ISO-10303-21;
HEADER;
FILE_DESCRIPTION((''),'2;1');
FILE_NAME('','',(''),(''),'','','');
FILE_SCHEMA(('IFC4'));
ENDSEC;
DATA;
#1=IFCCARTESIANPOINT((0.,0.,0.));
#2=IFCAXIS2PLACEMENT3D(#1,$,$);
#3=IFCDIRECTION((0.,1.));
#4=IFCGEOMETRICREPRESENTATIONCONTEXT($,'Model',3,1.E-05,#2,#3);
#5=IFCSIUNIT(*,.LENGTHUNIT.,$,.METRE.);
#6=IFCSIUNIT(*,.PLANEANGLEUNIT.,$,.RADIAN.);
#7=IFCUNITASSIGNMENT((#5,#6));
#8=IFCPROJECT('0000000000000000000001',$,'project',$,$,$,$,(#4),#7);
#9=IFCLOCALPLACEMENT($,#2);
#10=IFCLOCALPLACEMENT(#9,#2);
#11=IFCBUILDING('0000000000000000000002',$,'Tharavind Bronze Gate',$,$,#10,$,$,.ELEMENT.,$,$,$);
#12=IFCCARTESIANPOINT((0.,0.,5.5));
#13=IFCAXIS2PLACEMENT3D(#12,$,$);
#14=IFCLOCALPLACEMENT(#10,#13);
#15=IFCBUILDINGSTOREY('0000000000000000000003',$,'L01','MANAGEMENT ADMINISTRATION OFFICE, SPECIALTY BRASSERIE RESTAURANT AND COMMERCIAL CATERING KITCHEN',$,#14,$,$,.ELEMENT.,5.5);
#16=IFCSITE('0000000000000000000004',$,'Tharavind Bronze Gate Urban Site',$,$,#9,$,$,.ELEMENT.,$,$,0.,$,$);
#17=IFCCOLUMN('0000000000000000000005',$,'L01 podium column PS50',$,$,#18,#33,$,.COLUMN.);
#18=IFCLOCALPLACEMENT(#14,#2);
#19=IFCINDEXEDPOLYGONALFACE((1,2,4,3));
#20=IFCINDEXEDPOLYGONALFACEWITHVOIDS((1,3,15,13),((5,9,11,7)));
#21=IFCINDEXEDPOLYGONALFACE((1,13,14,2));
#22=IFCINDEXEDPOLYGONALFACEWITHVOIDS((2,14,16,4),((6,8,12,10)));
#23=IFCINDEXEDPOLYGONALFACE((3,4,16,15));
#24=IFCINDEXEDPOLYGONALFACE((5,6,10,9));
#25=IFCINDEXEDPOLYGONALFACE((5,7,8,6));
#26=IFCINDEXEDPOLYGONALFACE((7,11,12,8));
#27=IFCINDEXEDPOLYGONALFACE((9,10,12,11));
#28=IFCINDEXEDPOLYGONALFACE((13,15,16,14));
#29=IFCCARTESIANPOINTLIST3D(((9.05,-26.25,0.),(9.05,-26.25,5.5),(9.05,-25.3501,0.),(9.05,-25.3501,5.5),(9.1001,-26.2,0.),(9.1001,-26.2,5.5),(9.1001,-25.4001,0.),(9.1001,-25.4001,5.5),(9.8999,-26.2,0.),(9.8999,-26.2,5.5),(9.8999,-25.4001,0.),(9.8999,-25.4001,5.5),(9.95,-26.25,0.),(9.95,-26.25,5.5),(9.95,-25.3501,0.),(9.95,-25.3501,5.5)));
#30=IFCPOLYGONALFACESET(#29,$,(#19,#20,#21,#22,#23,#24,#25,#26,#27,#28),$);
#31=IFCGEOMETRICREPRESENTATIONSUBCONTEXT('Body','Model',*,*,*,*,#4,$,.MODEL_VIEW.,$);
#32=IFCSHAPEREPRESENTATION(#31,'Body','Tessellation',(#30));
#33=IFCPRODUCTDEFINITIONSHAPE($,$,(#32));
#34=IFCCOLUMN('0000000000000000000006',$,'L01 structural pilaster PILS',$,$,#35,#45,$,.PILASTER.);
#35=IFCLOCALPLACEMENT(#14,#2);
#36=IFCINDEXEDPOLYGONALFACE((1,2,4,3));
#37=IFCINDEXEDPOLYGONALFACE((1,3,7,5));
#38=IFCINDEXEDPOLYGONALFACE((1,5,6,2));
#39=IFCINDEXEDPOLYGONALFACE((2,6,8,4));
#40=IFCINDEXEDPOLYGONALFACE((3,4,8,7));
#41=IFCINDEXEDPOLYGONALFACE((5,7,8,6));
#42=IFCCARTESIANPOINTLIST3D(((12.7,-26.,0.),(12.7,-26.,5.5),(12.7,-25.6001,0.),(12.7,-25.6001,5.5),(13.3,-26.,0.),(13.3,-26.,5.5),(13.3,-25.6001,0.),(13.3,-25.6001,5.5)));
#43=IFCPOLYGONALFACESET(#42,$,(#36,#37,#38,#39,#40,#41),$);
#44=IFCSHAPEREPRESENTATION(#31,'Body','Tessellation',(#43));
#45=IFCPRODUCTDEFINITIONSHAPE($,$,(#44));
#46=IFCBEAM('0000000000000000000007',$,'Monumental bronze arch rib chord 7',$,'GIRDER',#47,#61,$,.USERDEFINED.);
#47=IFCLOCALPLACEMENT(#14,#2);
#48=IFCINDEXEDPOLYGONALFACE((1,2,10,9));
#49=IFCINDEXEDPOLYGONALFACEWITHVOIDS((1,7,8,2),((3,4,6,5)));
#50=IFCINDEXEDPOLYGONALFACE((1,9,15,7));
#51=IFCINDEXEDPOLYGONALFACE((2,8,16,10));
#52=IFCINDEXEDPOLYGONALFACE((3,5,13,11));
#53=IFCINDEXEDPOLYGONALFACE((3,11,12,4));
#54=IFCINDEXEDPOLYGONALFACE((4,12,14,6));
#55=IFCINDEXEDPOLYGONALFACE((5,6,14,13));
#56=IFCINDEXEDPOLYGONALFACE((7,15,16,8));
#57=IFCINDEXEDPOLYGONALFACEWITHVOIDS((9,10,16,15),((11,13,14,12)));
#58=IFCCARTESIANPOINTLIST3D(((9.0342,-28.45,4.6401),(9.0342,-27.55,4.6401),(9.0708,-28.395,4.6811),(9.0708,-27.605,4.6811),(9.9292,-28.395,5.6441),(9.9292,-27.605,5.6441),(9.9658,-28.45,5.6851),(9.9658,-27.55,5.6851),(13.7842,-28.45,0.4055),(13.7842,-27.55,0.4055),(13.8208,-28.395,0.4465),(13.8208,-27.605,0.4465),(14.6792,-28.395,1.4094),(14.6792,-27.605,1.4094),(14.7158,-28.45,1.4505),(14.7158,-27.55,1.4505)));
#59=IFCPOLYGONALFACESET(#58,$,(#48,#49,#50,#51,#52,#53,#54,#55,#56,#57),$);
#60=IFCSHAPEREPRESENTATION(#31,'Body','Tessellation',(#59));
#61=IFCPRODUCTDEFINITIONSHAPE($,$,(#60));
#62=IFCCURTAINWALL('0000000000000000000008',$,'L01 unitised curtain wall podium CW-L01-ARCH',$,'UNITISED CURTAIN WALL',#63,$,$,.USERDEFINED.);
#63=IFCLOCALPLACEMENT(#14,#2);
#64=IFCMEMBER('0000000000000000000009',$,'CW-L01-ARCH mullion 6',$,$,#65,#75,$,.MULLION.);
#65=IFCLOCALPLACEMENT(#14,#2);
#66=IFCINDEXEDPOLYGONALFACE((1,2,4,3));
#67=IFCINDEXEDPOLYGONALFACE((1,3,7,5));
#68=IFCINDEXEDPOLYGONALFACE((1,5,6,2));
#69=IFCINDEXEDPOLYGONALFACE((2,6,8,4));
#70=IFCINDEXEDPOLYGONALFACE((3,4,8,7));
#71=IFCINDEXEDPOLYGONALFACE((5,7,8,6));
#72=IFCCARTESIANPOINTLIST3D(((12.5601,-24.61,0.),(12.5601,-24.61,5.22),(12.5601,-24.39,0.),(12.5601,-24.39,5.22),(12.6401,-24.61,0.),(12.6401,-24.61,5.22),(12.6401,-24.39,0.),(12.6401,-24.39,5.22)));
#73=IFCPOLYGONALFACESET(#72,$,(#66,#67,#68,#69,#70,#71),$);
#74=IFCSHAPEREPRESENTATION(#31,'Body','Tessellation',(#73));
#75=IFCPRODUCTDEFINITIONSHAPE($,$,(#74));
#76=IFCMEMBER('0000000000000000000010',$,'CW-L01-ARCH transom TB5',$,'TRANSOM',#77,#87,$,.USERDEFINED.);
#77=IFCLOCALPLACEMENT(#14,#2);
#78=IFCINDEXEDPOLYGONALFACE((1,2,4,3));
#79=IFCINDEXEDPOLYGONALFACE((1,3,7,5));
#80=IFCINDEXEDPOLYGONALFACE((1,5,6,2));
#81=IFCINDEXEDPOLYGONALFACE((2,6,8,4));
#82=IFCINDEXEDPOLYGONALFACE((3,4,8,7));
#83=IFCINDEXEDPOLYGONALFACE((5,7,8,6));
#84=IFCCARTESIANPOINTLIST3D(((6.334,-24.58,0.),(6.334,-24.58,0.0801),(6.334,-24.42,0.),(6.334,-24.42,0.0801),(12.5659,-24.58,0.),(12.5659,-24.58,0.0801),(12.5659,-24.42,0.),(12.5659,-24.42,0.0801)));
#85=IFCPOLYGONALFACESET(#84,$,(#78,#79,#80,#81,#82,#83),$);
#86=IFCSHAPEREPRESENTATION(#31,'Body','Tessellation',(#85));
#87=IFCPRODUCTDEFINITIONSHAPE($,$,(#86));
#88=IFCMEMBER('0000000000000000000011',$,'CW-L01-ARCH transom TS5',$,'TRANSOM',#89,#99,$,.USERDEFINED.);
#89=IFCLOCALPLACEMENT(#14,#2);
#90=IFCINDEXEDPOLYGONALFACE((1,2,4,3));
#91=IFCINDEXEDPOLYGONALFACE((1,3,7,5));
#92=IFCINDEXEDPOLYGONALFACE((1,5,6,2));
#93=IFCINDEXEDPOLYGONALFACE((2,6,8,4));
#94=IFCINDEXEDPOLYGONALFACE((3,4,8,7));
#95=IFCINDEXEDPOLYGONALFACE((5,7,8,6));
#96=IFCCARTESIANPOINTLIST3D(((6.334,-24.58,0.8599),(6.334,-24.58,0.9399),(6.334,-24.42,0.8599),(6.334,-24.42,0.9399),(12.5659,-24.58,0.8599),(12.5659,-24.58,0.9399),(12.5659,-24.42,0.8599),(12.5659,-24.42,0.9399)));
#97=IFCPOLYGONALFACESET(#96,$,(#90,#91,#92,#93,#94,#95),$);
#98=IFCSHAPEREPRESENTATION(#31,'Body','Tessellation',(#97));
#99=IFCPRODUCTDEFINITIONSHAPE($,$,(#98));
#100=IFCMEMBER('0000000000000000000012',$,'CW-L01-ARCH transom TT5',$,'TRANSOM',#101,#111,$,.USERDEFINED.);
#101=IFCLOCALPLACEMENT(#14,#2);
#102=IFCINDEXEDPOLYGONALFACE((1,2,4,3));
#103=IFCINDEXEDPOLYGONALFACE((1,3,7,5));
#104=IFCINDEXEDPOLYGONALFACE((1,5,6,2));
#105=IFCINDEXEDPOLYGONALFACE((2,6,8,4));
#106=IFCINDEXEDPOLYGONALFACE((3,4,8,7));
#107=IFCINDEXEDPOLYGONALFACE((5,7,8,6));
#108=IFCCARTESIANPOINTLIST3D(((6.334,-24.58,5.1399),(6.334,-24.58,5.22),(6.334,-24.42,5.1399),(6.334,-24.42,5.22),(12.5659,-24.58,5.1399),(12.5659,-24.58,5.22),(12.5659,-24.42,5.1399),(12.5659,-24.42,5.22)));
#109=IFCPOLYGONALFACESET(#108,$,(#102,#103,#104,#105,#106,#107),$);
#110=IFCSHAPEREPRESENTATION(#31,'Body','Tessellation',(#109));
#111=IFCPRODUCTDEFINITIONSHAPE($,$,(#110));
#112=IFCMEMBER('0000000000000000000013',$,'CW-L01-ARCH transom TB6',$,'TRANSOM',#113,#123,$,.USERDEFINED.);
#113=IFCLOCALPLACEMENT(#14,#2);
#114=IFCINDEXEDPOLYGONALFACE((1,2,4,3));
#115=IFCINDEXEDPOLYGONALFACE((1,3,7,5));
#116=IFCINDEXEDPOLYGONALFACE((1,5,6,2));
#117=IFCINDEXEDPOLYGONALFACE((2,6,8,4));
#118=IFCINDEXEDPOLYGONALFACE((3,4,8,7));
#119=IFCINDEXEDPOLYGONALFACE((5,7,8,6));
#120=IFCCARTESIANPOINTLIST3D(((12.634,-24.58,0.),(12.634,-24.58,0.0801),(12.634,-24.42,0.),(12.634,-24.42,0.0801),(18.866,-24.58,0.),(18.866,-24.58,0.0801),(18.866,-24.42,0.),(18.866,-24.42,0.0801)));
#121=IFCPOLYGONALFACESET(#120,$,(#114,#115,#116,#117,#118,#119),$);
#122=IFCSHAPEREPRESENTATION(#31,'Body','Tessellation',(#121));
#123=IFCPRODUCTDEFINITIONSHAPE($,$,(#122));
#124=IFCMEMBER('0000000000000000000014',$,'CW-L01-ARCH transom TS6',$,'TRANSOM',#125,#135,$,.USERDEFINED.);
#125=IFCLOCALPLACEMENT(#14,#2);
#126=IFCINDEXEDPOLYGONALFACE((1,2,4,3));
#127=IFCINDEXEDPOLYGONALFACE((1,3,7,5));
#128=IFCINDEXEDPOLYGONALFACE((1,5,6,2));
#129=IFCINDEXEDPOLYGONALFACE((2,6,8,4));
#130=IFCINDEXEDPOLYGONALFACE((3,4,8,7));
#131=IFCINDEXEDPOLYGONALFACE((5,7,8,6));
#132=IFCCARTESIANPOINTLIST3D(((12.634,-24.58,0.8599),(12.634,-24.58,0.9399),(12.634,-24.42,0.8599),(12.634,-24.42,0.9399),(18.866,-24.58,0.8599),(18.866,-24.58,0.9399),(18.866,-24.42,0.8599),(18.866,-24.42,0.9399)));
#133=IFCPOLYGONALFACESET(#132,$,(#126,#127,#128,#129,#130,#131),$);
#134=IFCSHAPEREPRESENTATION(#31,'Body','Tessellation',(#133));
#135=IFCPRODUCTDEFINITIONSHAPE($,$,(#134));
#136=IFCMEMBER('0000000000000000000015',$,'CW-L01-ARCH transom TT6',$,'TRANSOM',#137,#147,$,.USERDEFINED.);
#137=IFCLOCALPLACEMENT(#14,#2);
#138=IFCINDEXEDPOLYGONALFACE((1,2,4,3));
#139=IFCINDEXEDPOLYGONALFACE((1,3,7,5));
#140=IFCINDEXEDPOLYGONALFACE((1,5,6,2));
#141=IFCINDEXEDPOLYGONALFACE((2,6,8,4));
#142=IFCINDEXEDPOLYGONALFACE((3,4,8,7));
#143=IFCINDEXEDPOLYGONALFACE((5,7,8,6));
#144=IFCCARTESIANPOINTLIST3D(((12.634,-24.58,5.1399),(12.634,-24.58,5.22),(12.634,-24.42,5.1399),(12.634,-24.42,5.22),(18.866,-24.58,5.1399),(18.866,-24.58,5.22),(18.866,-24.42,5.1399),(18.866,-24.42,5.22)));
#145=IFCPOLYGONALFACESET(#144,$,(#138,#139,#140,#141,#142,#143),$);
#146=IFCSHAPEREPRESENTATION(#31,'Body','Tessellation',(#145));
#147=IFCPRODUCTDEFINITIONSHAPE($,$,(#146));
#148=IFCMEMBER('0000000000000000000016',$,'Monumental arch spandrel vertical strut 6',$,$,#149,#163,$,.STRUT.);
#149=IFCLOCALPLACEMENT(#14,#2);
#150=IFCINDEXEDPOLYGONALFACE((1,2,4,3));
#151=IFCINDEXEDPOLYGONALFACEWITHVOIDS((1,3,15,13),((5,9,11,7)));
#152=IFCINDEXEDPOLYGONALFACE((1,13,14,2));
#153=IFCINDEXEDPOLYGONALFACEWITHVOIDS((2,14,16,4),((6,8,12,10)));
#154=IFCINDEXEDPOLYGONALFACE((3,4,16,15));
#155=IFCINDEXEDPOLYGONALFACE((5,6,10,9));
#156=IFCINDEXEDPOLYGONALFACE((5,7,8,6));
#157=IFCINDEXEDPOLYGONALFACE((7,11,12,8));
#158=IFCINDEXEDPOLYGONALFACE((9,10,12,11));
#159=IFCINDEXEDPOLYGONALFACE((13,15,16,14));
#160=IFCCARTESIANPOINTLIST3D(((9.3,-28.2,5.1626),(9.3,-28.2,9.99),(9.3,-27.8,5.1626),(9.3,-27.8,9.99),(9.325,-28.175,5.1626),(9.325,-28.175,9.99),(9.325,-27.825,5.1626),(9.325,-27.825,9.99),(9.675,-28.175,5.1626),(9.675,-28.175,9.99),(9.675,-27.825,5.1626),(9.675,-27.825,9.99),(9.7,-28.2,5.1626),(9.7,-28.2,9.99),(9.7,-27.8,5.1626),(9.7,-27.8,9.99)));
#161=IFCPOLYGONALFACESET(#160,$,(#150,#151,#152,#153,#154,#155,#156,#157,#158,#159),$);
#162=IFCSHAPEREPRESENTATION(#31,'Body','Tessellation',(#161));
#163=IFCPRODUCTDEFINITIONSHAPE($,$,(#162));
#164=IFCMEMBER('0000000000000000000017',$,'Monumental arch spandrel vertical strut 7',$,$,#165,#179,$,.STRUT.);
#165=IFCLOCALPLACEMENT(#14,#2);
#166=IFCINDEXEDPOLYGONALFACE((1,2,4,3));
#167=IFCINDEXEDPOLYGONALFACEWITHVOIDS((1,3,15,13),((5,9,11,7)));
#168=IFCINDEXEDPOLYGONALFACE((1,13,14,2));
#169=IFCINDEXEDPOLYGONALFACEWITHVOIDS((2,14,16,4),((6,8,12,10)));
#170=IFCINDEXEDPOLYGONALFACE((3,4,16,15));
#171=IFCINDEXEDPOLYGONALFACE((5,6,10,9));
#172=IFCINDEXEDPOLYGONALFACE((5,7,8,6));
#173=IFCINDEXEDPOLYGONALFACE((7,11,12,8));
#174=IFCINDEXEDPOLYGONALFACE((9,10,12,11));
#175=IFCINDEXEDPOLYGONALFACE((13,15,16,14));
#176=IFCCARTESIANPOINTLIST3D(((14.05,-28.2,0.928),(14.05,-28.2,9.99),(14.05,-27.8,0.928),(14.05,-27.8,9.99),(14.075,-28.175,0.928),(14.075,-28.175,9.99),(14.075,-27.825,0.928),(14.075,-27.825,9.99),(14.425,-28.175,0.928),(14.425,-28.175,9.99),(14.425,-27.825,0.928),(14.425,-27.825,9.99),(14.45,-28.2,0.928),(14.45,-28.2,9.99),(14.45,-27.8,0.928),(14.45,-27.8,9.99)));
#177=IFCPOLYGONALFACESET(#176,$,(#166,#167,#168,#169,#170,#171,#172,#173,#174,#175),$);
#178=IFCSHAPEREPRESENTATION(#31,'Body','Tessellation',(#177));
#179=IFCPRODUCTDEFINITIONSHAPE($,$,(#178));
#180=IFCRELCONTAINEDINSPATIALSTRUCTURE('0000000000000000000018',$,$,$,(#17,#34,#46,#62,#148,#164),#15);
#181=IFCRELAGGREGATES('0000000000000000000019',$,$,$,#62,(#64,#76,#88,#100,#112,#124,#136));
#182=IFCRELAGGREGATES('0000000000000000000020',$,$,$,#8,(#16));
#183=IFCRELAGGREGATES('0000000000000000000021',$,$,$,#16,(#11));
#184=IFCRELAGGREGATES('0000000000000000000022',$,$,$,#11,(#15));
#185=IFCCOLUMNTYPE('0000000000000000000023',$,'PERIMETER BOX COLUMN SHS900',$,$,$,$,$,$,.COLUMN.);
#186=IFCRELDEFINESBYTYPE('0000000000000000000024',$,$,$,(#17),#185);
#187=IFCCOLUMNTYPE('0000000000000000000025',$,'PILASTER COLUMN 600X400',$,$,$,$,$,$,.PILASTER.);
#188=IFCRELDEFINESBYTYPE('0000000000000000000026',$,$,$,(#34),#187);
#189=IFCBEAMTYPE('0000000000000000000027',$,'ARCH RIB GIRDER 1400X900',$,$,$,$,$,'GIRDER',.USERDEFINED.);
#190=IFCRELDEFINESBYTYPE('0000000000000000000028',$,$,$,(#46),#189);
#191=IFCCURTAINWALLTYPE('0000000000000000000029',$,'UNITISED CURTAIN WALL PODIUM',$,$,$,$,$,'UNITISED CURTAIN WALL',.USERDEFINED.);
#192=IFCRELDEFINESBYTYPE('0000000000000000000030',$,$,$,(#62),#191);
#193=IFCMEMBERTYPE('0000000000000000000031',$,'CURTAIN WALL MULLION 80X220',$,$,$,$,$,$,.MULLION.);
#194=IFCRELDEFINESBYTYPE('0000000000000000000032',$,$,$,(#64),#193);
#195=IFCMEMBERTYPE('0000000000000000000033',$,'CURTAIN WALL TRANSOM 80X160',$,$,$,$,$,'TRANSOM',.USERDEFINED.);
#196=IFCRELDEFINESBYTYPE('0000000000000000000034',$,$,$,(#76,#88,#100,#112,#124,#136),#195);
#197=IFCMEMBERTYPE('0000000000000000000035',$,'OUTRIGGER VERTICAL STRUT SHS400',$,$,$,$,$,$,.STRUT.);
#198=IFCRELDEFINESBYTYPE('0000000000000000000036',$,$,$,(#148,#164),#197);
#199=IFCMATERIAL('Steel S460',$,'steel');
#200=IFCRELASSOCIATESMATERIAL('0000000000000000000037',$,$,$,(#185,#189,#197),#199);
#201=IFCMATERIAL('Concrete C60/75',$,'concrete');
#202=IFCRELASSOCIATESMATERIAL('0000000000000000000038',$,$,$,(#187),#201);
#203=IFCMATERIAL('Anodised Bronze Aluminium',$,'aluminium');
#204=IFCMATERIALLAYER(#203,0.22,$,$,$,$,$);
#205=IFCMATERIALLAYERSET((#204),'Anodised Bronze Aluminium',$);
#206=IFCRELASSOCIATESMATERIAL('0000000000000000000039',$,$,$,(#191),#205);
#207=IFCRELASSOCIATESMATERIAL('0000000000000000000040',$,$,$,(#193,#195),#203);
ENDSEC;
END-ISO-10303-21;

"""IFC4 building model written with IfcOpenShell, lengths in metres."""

from ifc_helpers import new_model, si_unit, direction, frame, origin, origin_2d, place, context, subcontext, project, spatial, rectangle, hollow_rectangle, extrude, material, layer, layer_set, material_profile, profile_set, type_object, element, aggregate, save


model = new_model("IFC4")

# Units and contexts
model_context = context("Model", 3, precision=1e-05, world=origin(), true_north=direction((0.0, 1.0)))
body_context = subcontext(model_context, "Body", "Model", "MODEL_VIEW")
ifc_project = project(units=[si_unit("LENGTHUNIT", "METRE"), si_unit("PLANEANGLEUNIT", "RADIAN")], contexts=[model_context])

# Site, building, storey
site_placement = place(None, origin())
site = spatial("IfcSite", under=ifc_project, at=site_placement, Name="Tharavind Bronze Gate Urban Site", CompositionType="ELEMENT", RefElevation=0.0)
building_placement = place(site_placement, origin())
building = spatial("IfcBuilding", under=site, at=building_placement, Name="Tharavind Bronze Gate", CompositionType="ELEMENT")
storey_placement = place(building_placement, frame((0.0, 0.0, 5.5)))
storey = spatial("IfcBuildingStorey", under=building, at=storey_placement, Name="L01", Description="MANAGEMENT ADMINISTRATION OFFICE, SPECIALTY BRASSERIE RESTAURANT AND COMMERCIAL CATERING KITCHEN", CompositionType="ELEMENT", Elevation=5.5)

# Columns
ifc_material_1 = material(Name="Steel S460", Category="steel")
ifc_material_profile_1 = material_profile(ifc_material_1, hollow_rectangle(XDim=0.8999, YDim=0.8999, WallThickness=0.05, at=origin_2d()), Name="SHS900X50")
ifc_profile_set_1 = profile_set([ifc_material_profile_1], Name="Steel S460")
column_type_1 = type_object("IfcColumnType", Name="PERIMETER BOX COLUMN SHS900", PredefinedType="COLUMN", material=ifc_profile_set_1)
column_1_placement = place(storey_placement, frame((9.5, -25.8, 0.0), z_axis=(0.0, 0.0, 1.0), x_axis=(1.0, 0.0, 0.0)))
element("IfcColumn", 1, at=column_1_placement, inside=storey, type_object=column_type_1, Name="L01 podium column PS50", PredefinedType="COLUMN", context=body_context, shape_type="SweptSolid", body=[
    extrude(hollow_rectangle(XDim=0.8999, YDim=0.8999, WallThickness=0.05, at=origin_2d()), origin(), (0.0, 0.0, 1.0), 5.5),
])
ifc_material_2 = material(Name="Concrete C60/75", Category="concrete")
ifc_material_profile_2 = material_profile(ifc_material_2, rectangle(XDim=0.6001, YDim=0.3999, at=origin_2d()), Name="RCPIL600X400")
ifc_profile_set_2 = profile_set([ifc_material_profile_2], Name="Concrete C60/75")
column_type_2 = type_object("IfcColumnType", Name="PILASTER COLUMN 600X400", PredefinedType="PILASTER", material=ifc_profile_set_2)
column_2_placement = place(storey_placement, frame((13.0, -25.8, 0.0), z_axis=(0.0, 0.0, 1.0), x_axis=(1.0, 0.0, 0.0)))
element("IfcColumn", 2, at=column_2_placement, inside=storey, type_object=column_type_2, Name="L01 structural pilaster PILS", PredefinedType="PILASTER", context=body_context, shape_type="SweptSolid", body=[
    extrude(rectangle(XDim=0.6001, YDim=0.3999, at=origin_2d()), origin(), (0.0, 0.0, 1.0), 5.5),
])

# Beam
ifc_material_profile_3 = material_profile(ifc_material_1, hollow_rectangle(XDim=0.8999, YDim=1.3999, WallThickness=0.0549, at=origin_2d()), Name="RHS1400X900X55")
ifc_profile_set_3 = profile_set([ifc_material_profile_3], Name="Steel S460")
beam_type_1 = type_object("IfcBeamType", Name="ARCH RIB GIRDER 1400X900", ElementType="GIRDER", PredefinedType="USERDEFINED", material=ifc_profile_set_3)
beam_1_placement = place(storey_placement, frame((9.5, -28.0, 5.1626), z_axis=(0.746441, 0.0, -0.665451), x_axis=(0.0, 1.0, 0.0)))
element("IfcBeam", 3, at=beam_1_placement, inside=storey, type_object=beam_type_1, Name="Monumental bronze arch rib chord 7", ObjectType="GIRDER", PredefinedType="USERDEFINED", context=body_context, shape_type="SweptSolid", body=[
    extrude(hollow_rectangle(XDim=0.8999, YDim=1.3999, WallThickness=0.0549, at=origin_2d()), origin(), (0.0, 0.0, 1.0), 6.3635),
])

# Curtain wall, members
ifc_material_3 = material(Name="Anodised Bronze Aluminium", Category="aluminium")
ifc_layer_1 = layer(ifc_material_3, 0.22)
ifc_layer_set_1 = layer_set([ifc_layer_1], Name="Anodised Bronze Aluminium")
curtain_wall_type = type_object("IfcCurtainWallType", Name="UNITISED CURTAIN WALL PODIUM", ElementType="UNITISED CURTAIN WALL", PredefinedType="USERDEFINED", material=ifc_layer_set_1)
curtain_wall_placement = place(storey_placement, origin())
curtain_wall = element("IfcCurtainWall", 4, at=curtain_wall_placement, inside=storey, type_object=curtain_wall_type, Name="L01 unitised curtain wall podium CW-L01-ARCH", ObjectType="UNITISED CURTAIN WALL", PredefinedType="USERDEFINED")
member_type_1 = type_object("IfcMemberType", Name="CURTAIN WALL MULLION 80X220", PredefinedType="MULLION", material=ifc_material_3)
member_1_placement = place(storey_placement, frame((12.6001, -24.5, 0.0), z_axis=(0.0, 0.0, 1.0), x_axis=(1.0, 0.0, 0.0)))
member_1 = element("IfcMember", 5, at=member_1_placement, type_object=member_type_1, Name="CW-L01-ARCH mullion 6", PredefinedType="MULLION", context=body_context, shape_type="SweptSolid", body=[
    extrude(rectangle(XDim=0.0801, YDim=0.22, at=origin_2d()), origin(), (0.0, 0.0, 1.0), 5.22),
])
member_type_2 = type_object("IfcMemberType", Name="CURTAIN WALL TRANSOM 80X160", ElementType="TRANSOM", PredefinedType="USERDEFINED", material=ifc_material_3)
member_2_placement = place(storey_placement, frame((9.45, -24.5, 0.0), z_axis=(0.0, 0.0, 1.0), x_axis=(1.0, 0.0, 0.0)))
member_2 = element("IfcMember", 6, at=member_2_placement, type_object=member_type_2, Name="CW-L01-ARCH transom TB5", ObjectType="TRANSOM", PredefinedType="USERDEFINED", context=body_context, shape_type="SweptSolid", body=[
    extrude(rectangle(XDim=6.2319, YDim=0.1599, at=origin_2d()), origin(), (0.0, 0.0, 1.0), 0.0801),
])
member_3_placement = place(storey_placement, frame((9.45, -24.5, 0.8599), z_axis=(0.0, 0.0, 1.0), x_axis=(1.0, 0.0, 0.0)))
member_3 = element("IfcMember", 7, at=member_3_placement, type_object=member_type_2, Name="CW-L01-ARCH transom TS5", ObjectType="TRANSOM", PredefinedType="USERDEFINED", context=body_context, shape_type="SweptSolid", body=[
    extrude(rectangle(XDim=6.2319, YDim=0.1599, at=origin_2d()), origin(), (0.0, 0.0, 1.0), 0.0801),
])
member_4_placement = place(storey_placement, frame((9.45, -24.5, 5.1399), z_axis=(0.0, 0.0, 1.0), x_axis=(1.0, 0.0, 0.0)))
member_4 = element("IfcMember", 8, at=member_4_placement, type_object=member_type_2, Name="CW-L01-ARCH transom TT5", ObjectType="TRANSOM", PredefinedType="USERDEFINED", context=body_context, shape_type="SweptSolid", body=[
    extrude(rectangle(XDim=6.2319, YDim=0.1599, at=origin_2d()), origin(), (0.0, 0.0, 1.0), 0.0801),
])
member_5_placement = place(storey_placement, frame((15.75, -24.5, 0.0), z_axis=(0.0, 0.0, 1.0), x_axis=(1.0, 0.0, 0.0)))
member_5 = element("IfcMember", 9, at=member_5_placement, type_object=member_type_2, Name="CW-L01-ARCH transom TB6", ObjectType="TRANSOM", PredefinedType="USERDEFINED", context=body_context, shape_type="SweptSolid", body=[
    extrude(rectangle(XDim=6.2319, YDim=0.1599, at=origin_2d()), origin(), (0.0, 0.0, 1.0), 0.0801),
])
member_6_placement = place(storey_placement, frame((15.75, -24.5, 0.8599), z_axis=(0.0, 0.0, 1.0), x_axis=(1.0, 0.0, 0.0)))
member_6 = element("IfcMember", 10, at=member_6_placement, type_object=member_type_2, Name="CW-L01-ARCH transom TS6", ObjectType="TRANSOM", PredefinedType="USERDEFINED", context=body_context, shape_type="SweptSolid", body=[
    extrude(rectangle(XDim=6.2319, YDim=0.1599, at=origin_2d()), origin(), (0.0, 0.0, 1.0), 0.0801),
])
member_7_placement = place(storey_placement, frame((15.75, -24.5, 5.1399), z_axis=(0.0, 0.0, 1.0), x_axis=(1.0, 0.0, 0.0)))
member_7 = element("IfcMember", 11, at=member_7_placement, type_object=member_type_2, Name="CW-L01-ARCH transom TT6", ObjectType="TRANSOM", PredefinedType="USERDEFINED", context=body_context, shape_type="SweptSolid", body=[
    extrude(rectangle(XDim=6.2319, YDim=0.1599, at=origin_2d()), origin(), (0.0, 0.0, 1.0), 0.0801),
])

# Members
ifc_material_profile_4 = material_profile(ifc_material_1, hollow_rectangle(XDim=0.3999, YDim=0.3999, WallThickness=0.0249, at=origin_2d()), Name="SHS400X25")
ifc_profile_set_4 = profile_set([ifc_material_profile_4], Name="Steel S460")
member_type_3 = type_object("IfcMemberType", Name="OUTRIGGER VERTICAL STRUT SHS400", PredefinedType="STRUT", material=ifc_profile_set_4)
member_8_placement = place(storey_placement, frame((9.5, -28.0, 5.1626), z_axis=(0.0, 0.0, 1.0), x_axis=(1.0, 0.0, 0.0)))
element("IfcMember", 12, at=member_8_placement, inside=storey, type_object=member_type_3, Name="Monumental arch spandrel vertical strut 6", PredefinedType="STRUT", context=body_context, shape_type="SweptSolid", body=[
    extrude(hollow_rectangle(XDim=0.3999, YDim=0.3999, WallThickness=0.0249, at=origin_2d()), origin(), (0.0, 0.0, 1.0), 4.8274),
])
member_9_placement = place(storey_placement, frame((14.25, -28.0, 0.928), z_axis=(0.0, 0.0, 1.0), x_axis=(1.0, 0.0, 0.0)))
element("IfcMember", 13, at=member_9_placement, inside=storey, type_object=member_type_3, Name="Monumental arch spandrel vertical strut 7", PredefinedType="STRUT", context=body_context, shape_type="SweptSolid", body=[
    extrude(hollow_rectangle(XDim=0.3999, YDim=0.3999, WallThickness=0.0249, at=origin_2d()), origin(), (0.0, 0.0, 1.0), 9.062),
])

aggregate(curtain_wall, [member_1, member_2, member_3, member_4, member_5, member_6, member_7])

save(model, "model.ifc")
